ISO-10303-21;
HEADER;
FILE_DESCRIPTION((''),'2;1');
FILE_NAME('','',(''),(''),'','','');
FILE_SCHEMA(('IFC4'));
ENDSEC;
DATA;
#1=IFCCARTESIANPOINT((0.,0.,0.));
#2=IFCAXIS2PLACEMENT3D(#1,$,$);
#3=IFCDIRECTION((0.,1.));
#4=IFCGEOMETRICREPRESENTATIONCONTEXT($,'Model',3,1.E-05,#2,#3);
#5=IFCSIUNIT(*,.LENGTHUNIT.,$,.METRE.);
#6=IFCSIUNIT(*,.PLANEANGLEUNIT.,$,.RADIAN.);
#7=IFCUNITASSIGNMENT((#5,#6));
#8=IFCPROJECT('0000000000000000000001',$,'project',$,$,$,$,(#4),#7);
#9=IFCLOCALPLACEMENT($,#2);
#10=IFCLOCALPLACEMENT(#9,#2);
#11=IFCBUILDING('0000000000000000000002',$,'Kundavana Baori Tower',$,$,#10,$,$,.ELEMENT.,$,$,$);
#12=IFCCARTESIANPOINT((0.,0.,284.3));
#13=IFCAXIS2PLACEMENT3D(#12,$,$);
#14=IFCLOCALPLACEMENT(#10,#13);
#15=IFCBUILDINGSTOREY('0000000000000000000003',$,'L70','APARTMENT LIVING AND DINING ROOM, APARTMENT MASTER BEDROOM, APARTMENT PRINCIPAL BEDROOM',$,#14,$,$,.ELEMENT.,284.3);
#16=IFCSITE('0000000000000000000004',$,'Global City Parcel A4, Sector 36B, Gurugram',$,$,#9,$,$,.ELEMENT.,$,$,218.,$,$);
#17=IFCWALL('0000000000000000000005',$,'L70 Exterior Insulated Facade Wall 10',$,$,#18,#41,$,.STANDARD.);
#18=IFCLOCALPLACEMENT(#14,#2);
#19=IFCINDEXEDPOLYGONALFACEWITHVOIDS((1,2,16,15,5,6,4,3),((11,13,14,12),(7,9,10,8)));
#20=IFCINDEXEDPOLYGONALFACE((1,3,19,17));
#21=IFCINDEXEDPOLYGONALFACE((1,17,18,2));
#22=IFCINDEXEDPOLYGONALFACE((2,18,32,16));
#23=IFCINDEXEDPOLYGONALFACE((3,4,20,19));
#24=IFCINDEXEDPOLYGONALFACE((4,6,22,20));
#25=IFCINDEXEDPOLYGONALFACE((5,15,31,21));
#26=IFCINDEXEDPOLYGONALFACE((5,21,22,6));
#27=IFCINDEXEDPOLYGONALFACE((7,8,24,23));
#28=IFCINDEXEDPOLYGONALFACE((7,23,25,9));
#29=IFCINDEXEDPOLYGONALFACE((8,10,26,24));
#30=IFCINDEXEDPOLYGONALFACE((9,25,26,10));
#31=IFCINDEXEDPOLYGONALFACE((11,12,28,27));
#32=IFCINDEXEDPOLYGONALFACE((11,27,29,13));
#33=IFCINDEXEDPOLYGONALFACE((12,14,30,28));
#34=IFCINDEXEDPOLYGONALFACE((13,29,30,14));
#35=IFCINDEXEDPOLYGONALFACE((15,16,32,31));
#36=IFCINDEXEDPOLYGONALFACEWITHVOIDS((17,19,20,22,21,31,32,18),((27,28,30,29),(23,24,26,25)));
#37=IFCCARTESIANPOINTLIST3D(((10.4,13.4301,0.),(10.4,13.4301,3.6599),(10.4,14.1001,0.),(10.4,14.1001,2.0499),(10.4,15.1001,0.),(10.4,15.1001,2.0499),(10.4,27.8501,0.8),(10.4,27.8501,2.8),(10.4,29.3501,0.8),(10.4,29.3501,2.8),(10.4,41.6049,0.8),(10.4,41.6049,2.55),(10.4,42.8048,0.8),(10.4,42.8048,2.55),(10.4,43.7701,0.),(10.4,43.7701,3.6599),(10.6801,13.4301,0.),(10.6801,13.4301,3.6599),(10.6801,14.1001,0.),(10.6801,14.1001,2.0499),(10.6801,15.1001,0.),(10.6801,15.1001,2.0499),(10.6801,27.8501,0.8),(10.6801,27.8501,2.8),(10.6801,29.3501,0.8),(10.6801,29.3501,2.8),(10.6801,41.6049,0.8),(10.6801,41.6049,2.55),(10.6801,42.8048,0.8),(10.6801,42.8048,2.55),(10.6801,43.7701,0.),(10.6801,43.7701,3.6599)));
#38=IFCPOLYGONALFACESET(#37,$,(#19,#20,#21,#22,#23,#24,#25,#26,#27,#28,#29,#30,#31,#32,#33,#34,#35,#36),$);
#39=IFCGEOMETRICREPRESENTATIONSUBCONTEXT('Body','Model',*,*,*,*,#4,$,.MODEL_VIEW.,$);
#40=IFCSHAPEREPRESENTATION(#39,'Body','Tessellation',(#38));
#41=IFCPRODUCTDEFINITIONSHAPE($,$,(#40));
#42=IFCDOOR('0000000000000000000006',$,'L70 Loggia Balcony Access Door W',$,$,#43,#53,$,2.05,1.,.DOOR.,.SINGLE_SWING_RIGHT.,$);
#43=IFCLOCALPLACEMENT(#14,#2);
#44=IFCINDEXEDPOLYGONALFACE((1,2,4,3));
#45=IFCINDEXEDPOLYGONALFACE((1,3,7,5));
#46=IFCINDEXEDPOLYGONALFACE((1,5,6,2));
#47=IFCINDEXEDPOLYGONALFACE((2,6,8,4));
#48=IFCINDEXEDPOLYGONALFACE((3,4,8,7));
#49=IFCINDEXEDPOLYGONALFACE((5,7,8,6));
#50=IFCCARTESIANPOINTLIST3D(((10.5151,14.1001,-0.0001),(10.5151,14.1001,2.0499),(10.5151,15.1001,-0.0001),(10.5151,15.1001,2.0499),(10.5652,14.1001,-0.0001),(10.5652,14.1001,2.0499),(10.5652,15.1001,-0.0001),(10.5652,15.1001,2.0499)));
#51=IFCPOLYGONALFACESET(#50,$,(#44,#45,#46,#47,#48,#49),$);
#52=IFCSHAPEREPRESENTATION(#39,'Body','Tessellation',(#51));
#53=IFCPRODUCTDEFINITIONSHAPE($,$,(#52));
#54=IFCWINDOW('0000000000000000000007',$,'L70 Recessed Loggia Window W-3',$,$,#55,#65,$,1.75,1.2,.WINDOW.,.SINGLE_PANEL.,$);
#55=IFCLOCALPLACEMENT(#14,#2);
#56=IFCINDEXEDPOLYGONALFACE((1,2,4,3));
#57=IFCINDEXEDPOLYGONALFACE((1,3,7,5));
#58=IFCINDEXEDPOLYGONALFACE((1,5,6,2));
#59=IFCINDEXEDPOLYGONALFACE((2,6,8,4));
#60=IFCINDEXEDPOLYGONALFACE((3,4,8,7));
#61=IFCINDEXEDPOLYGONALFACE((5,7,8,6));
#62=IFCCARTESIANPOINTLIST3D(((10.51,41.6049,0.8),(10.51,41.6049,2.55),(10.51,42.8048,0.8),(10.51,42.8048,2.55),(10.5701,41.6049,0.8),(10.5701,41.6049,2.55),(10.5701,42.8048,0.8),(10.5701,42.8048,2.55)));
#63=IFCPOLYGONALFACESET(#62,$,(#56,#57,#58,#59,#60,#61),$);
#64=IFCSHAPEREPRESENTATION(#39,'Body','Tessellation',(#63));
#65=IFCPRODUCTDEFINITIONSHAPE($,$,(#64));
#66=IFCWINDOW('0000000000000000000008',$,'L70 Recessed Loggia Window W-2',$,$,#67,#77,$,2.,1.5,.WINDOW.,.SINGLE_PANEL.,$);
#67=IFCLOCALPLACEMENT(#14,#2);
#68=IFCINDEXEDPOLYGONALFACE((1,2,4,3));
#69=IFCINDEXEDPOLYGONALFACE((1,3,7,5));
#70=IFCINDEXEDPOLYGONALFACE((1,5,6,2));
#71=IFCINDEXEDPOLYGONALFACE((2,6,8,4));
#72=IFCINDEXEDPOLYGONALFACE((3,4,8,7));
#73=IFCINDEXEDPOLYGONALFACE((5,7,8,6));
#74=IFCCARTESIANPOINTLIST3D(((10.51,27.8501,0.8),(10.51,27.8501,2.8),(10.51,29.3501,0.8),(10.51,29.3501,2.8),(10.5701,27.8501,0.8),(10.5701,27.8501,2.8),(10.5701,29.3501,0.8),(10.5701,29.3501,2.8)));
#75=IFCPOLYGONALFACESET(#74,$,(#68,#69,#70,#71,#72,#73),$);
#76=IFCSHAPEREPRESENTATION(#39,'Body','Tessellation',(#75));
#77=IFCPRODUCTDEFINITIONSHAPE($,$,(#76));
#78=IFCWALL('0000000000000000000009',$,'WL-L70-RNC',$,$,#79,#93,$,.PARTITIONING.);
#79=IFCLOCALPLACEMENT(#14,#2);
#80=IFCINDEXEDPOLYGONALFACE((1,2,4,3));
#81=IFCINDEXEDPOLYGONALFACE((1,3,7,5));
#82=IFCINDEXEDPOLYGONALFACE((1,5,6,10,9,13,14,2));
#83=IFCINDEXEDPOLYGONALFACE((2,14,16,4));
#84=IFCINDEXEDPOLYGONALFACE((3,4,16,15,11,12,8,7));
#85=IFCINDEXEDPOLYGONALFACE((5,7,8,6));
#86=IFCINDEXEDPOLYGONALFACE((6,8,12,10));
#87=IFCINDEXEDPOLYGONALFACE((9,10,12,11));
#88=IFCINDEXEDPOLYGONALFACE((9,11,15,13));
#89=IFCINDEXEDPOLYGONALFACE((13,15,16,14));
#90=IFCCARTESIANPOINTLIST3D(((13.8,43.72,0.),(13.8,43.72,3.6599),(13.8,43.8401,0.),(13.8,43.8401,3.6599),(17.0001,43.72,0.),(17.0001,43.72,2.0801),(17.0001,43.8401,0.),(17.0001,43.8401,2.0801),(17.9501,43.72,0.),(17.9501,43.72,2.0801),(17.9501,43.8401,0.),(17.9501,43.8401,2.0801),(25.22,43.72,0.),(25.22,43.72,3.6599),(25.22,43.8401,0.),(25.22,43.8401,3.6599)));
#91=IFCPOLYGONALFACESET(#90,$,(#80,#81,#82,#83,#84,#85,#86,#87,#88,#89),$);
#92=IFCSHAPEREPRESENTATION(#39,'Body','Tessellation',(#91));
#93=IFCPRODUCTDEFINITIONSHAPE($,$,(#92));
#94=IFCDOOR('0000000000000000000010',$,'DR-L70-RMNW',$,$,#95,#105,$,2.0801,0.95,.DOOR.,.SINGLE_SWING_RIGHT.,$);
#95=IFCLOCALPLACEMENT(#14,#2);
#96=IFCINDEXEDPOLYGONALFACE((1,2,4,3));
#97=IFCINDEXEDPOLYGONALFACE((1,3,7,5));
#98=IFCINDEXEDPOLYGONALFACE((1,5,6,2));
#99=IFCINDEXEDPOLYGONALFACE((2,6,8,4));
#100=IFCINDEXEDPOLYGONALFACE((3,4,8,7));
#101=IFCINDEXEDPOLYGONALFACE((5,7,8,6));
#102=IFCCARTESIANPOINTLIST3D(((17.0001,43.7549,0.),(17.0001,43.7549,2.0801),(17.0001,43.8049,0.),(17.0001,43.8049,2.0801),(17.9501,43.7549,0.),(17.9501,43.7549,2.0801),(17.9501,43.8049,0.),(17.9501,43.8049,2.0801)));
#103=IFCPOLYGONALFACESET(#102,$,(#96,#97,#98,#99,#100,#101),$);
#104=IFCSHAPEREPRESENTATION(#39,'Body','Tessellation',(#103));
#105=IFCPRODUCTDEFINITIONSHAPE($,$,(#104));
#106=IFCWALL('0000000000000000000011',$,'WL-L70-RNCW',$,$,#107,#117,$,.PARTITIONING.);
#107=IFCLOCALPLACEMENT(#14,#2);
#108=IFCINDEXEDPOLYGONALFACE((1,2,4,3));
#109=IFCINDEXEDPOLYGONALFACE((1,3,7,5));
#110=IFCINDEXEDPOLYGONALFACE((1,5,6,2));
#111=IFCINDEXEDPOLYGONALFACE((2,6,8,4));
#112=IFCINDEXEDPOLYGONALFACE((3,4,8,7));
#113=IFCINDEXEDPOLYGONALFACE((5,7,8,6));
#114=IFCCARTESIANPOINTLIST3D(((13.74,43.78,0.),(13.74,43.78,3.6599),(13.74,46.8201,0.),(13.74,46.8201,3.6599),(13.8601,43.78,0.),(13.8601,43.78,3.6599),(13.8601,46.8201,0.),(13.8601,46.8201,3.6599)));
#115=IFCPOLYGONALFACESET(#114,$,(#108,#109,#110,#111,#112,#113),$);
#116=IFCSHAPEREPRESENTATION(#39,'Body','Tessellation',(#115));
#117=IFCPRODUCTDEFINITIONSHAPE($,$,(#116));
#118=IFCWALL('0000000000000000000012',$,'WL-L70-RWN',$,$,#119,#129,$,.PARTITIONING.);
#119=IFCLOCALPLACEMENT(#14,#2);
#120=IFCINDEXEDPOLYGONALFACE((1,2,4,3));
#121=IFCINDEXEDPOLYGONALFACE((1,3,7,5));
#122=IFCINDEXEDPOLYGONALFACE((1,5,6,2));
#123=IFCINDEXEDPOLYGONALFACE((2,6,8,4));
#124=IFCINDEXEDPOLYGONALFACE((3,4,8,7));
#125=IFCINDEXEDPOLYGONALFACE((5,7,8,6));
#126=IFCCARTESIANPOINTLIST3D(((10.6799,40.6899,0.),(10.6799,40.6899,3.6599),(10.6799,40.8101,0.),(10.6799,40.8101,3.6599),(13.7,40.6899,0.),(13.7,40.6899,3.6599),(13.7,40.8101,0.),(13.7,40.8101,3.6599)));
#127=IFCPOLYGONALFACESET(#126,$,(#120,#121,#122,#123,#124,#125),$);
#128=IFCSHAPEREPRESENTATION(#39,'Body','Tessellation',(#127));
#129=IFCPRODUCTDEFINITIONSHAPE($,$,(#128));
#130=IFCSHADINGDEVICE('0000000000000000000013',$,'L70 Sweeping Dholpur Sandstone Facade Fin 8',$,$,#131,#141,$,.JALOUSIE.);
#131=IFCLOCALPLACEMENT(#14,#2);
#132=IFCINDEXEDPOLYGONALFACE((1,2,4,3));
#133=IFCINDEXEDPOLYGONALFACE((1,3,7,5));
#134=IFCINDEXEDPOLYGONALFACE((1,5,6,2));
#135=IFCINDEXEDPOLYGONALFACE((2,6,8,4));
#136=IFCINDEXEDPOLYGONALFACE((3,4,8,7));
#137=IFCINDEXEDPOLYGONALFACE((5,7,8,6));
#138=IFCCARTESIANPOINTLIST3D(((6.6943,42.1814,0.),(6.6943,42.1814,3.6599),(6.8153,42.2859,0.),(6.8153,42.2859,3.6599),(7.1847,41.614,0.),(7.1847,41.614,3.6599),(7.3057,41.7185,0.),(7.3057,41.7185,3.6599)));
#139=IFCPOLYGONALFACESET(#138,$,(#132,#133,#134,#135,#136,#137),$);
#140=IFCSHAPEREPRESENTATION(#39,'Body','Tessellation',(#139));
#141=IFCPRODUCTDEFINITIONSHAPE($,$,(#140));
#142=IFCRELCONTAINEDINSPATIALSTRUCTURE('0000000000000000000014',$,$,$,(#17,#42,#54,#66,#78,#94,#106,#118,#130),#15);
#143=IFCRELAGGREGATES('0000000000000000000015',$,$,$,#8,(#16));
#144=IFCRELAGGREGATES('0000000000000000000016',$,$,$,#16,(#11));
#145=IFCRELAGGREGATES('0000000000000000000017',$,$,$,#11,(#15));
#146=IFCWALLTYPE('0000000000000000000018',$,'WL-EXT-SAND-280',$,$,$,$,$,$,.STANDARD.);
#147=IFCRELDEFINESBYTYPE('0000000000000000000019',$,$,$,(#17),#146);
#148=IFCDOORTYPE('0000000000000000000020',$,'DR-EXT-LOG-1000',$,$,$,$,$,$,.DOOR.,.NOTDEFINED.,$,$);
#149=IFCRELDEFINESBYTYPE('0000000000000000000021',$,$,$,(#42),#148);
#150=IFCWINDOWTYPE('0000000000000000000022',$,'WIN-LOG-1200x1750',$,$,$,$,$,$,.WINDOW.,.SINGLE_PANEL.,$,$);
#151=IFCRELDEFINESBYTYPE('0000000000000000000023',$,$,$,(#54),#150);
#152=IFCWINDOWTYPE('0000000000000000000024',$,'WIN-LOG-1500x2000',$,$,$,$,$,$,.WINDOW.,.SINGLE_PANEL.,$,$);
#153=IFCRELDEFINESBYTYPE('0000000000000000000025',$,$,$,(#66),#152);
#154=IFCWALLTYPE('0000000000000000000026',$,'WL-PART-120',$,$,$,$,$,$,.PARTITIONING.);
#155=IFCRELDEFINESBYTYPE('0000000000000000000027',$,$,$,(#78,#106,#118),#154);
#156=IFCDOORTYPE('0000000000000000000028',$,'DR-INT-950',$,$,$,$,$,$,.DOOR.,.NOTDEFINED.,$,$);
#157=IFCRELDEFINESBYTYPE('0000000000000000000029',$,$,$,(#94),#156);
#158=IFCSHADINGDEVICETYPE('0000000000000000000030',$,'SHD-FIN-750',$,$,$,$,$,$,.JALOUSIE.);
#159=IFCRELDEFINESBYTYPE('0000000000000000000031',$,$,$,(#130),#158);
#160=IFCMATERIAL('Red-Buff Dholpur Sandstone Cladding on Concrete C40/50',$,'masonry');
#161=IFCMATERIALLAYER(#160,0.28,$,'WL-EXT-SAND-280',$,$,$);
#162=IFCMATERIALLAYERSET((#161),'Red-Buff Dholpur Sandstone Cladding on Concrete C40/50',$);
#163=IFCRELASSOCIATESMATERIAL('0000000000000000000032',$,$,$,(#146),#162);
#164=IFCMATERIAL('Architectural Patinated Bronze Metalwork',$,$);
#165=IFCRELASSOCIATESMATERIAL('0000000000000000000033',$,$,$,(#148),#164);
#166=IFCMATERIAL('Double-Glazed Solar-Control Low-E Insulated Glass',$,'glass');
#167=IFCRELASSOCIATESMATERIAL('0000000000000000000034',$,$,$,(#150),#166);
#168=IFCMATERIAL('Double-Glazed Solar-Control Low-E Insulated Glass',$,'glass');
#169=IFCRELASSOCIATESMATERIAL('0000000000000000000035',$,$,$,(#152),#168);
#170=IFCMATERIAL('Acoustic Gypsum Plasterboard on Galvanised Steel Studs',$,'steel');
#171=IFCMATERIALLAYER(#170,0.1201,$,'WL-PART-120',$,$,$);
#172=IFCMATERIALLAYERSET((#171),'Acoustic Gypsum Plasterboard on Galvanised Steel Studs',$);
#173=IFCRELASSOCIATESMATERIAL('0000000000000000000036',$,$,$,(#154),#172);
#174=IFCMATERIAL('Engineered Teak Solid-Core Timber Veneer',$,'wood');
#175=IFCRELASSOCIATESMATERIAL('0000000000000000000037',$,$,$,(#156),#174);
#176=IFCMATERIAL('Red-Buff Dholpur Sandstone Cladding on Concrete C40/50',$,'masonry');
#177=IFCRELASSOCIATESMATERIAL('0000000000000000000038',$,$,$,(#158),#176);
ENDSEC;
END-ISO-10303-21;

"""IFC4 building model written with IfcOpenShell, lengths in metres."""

from ifc_helpers import new_model, si_unit, direction, frame, frame_2d, origin, origin_2d, place, context, subcontext, project, spatial, rectangle, extrude, material, layer, layer_set, type_object, element, fill, save


model = new_model("IFC4")

# Units and contexts
model_context = context("Model", 3, precision=1e-05, world=origin(), true_north=direction((0.0, 1.0)))
body_context = subcontext(model_context, "Body", "Model", "MODEL_VIEW")
ifc_project = project(units=[si_unit("LENGTHUNIT", "METRE"), si_unit("PLANEANGLEUNIT", "RADIAN")], contexts=[model_context])

# Site, building, storey
site_placement = place(None, origin())
site = spatial("IfcSite", under=ifc_project, at=site_placement, Name="Global City Parcel A4, Sector 36B, Gurugram", CompositionType="ELEMENT", RefElevation=218.0)
building_placement = place(site_placement, origin())
building = spatial("IfcBuilding", under=site, at=building_placement, Name="Kundavana Baori Tower", CompositionType="ELEMENT")
storey_placement = place(building_placement, frame((0.0, 0.0, 284.3)))
storey = spatial("IfcBuildingStorey", under=building, at=storey_placement, Name="L70", Description="APARTMENT LIVING AND DINING ROOM, APARTMENT MASTER BEDROOM, APARTMENT PRINCIPAL BEDROOM", CompositionType="ELEMENT", Elevation=284.3)

# Shared definitions
ifc_material_1 = material(Name="Red-Buff Dholpur Sandstone Cladding on Concrete C40/50", Category="masonry")
ifc_layer_1 = layer(ifc_material_1, 0.28, Name="WL-EXT-SAND-280")
ifc_layer_set_1 = layer_set([ifc_layer_1], Name="Red-Buff Dholpur Sandstone Cladding on Concrete C40/50")
wall_type_1 = type_object("IfcWallType", Name="WL-EXT-SAND-280", PredefinedType="STANDARD", material=ifc_layer_set_1)

# Wall, openings, door, windows
wall_1_placement = place(storey_placement, frame((10.54, 43.77, 0.0), z_axis=(0.0, 0.0, 1.0), x_axis=(0.0, -1.0, 0.0)))
wall_1 = element("IfcWall", 1, at=wall_1_placement, inside=storey, type_object=wall_type_1, Name="L70 Exterior Insulated Facade Wall 10", PredefinedType="STANDARD", context=body_context, shape_type="SweptSolid", body=[
    extrude(rectangle(XDim=30.3401, YDim=0.28, at=frame_2d((15.1699, 0.0))), origin(), (0.0, 0.0, 1.0), 3.6599),
])
opening_1_placement = place(wall_1_placement, frame((28.6699, 0.0, 0.0)))
opening_1 = element("IfcOpeningElement", 2, at=opening_1_placement, cuts=wall_1, PredefinedType="OPENING", context=body_context, shape_type="SweptSolid", body=[
    extrude(rectangle(XDim=1.0, YDim=2.05, at=frame_2d((0.5, 1.0249))), frame((0.0, 0.1499, 0.0), z_axis=(0.0, -1.0, 0.0), x_axis=(1.0, 0.0, 0.0)), (0.0, 0.0, 1.0), 0.3),
])
opening_2_placement = place(wall_1_placement, frame((14.4199, 0.0, 0.8)))
opening_2 = element("IfcOpeningElement", 3, at=opening_2_placement, cuts=wall_1, PredefinedType="OPENING", context=body_context, shape_type="SweptSolid", body=[
    extrude(rectangle(XDim=1.5, YDim=2.0, at=frame_2d((0.75, 1.0))), frame((0.0, 0.1499, 0.0), z_axis=(0.0, -1.0, 0.0), x_axis=(1.0, 0.0, 0.0)), (0.0, 0.0, 1.0), 0.3),
])
opening_3_placement = place(wall_1_placement, frame((0.9651, 0.0, 0.8)))
opening_3 = element("IfcOpeningElement", 4, at=opening_3_placement, cuts=wall_1, PredefinedType="OPENING", context=body_context, shape_type="SweptSolid", body=[
    extrude(rectangle(XDim=1.2, YDim=1.75, at=frame_2d((0.6001, 0.875))), frame((0.0, 0.1499, 0.0), z_axis=(0.0, -1.0, 0.0), x_axis=(1.0, 0.0, 0.0)), (0.0, 0.0, 1.0), 0.3),
])
ifc_material_2 = material(Name="Architectural Patinated Bronze Metalwork")
door_type_1 = type_object("IfcDoorType", Name="DR-EXT-LOG-1000", OperationType="NOTDEFINED", PredefinedType="DOOR", material=ifc_material_2)
door_1_placement = place(opening_1_placement, frame((1.0, 0.0, 0.0), z_axis=(0.0, 0.0, 1.0), x_axis=(-1.0, 0.0, 0.0)))
door_1 = element("IfcDoor", 5, at=door_1_placement, inside=storey, type_object=door_type_1, Name="L70 Loggia Balcony Access Door W", OperationType="SINGLE_SWING_RIGHT", OverallHeight=2.05, OverallWidth=1.0, PredefinedType="DOOR", context=body_context, shape_type="SweptSolid", body=[
    extrude(rectangle(XDim=1.0, YDim=2.05, at=frame_2d((0.5, 1.0249))), frame((0.0, 0.0249, 0.0), z_axis=(0.0, -1.0, 0.0), x_axis=(1.0, 0.0, 0.0)), (0.0, 0.0, 1.0), 0.05),
])
fill(opening_1, door_1)
ifc_material_3 = material(Name="Double-Glazed Solar-Control Low-E Insulated Glass", Category="glass")
window_type_1 = type_object("IfcWindowType", Name="WIN-LOG-1200x1750", PartitioningType="SINGLE_PANEL", PredefinedType="WINDOW", material=ifc_material_3)
window_1_placement = place(opening_3_placement, origin())
window_1 = element("IfcWindow", 6, at=window_1_placement, inside=storey, type_object=window_type_1, Name="L70 Recessed Loggia Window W-3", OverallHeight=1.75, OverallWidth=1.2, PartitioningType="SINGLE_PANEL", PredefinedType="WINDOW", context=body_context, shape_type="SweptSolid", body=[
    extrude(rectangle(XDim=1.2, YDim=1.75, at=frame_2d((0.6001, 0.875))), frame((0.0, 0.03, 0.0), z_axis=(0.0, -1.0, 0.0), x_axis=(1.0, 0.0, 0.0)), (0.0, 0.0, 1.0), 0.0601),
])
fill(opening_3, window_1)
ifc_material_4 = material(Name="Double-Glazed Solar-Control Low-E Insulated Glass", Category="glass")
window_type_2 = type_object("IfcWindowType", Name="WIN-LOG-1500x2000", PartitioningType="SINGLE_PANEL", PredefinedType="WINDOW", material=ifc_material_4)
window_2_placement = place(opening_2_placement, origin())
window_2 = element("IfcWindow", 7, at=window_2_placement, inside=storey, type_object=window_type_2, Name="L70 Recessed Loggia Window W-2", OverallHeight=2.0, OverallWidth=1.5, PartitioningType="SINGLE_PANEL", PredefinedType="WINDOW", context=body_context, shape_type="SweptSolid", body=[
    extrude(rectangle(XDim=1.5, YDim=2.0, at=frame_2d((0.75, 1.0))), frame((0.0, 0.03, 0.0), z_axis=(0.0, -1.0, 0.0), x_axis=(1.0, 0.0, 0.0)), (0.0, 0.0, 1.0), 0.0601),
])
fill(opening_2, window_2)

# Wall, opening, door
ifc_material_5 = material(Name="Acoustic Gypsum Plasterboard on Galvanised Steel Studs", Category="steel")
ifc_layer_2 = layer(ifc_material_5, 0.1201, Name="WL-PART-120")
ifc_layer_set_2 = layer_set([ifc_layer_2], Name="Acoustic Gypsum Plasterboard on Galvanised Steel Studs")
wall_type_2 = type_object("IfcWallType", Name="WL-PART-120", PredefinedType="PARTITIONING", material=ifc_layer_set_2)
wall_2_placement = place(storey_placement, frame((13.8, 43.78, 0.0), z_axis=(0.0, 0.0, 1.0), x_axis=(1.0, 0.0, 0.0)))
wall_2 = element("IfcWall", 8, at=wall_2_placement, inside=storey, type_object=wall_type_2, Name="WL-L70-RNC", PredefinedType="PARTITIONING", context=body_context, shape_type="SweptSolid", body=[
    extrude(rectangle(XDim=11.4199, YDim=0.1201, at=frame_2d((5.71, 0.0))), origin(), (0.0, 0.0, 1.0), 3.6599),
])
opening_4_placement = place(wall_2_placement, frame((3.2, 0.0, 0.0)))
opening_4 = element("IfcOpeningElement", 9, at=opening_4_placement, cuts=wall_2, PredefinedType="OPENING", context=body_context, shape_type="SweptSolid", body=[
    extrude(rectangle(XDim=0.95, YDim=2.0801, at=frame_2d((0.4751, 1.04))), frame((0.0, 0.0701, 0.0), z_axis=(0.0, -1.0, 0.0), x_axis=(1.0, 0.0, 0.0)), (0.0, 0.0, 1.0), 0.1401),
])
ifc_material_6 = material(Name="Engineered Teak Solid-Core Timber Veneer", Category="wood")
door_type_2 = type_object("IfcDoorType", Name="DR-INT-950", OperationType="NOTDEFINED", PredefinedType="DOOR", material=ifc_material_6)
door_2_placement = place(opening_4_placement, origin())
door_2 = element("IfcDoor", 10, at=door_2_placement, inside=storey, type_object=door_type_2, Name="DR-L70-RMNW", OperationType="SINGLE_SWING_RIGHT", OverallHeight=2.0801, OverallWidth=0.95, PredefinedType="DOOR", context=body_context, shape_type="SweptSolid", body=[
    extrude(rectangle(XDim=0.95, YDim=2.0801, at=frame_2d((0.4751, 1.04))), frame((0.0, 0.0249, 0.0), z_axis=(0.0, -1.0, 0.0), x_axis=(1.0, 0.0, 0.0)), (0.0, 0.0, 1.0), 0.05),
])
fill(opening_4, door_2)

# Walls
wall_3_placement = place(storey_placement, frame((13.8, 43.78, 0.0), z_axis=(0.0, 0.0, 1.0), x_axis=(0.0, 1.0, 0.0)))
element("IfcWall", 11, at=wall_3_placement, inside=storey, type_object=wall_type_2, Name="WL-L70-RNCW", PredefinedType="PARTITIONING", context=body_context, shape_type="SweptSolid", body=[
    extrude(rectangle(XDim=3.04, YDim=0.1201, at=frame_2d((1.52, 0.0))), origin(), (0.0, 0.0, 1.0), 3.6599),
])
wall_4_placement = place(storey_placement, frame((10.6799, 40.75, 0.0), z_axis=(0.0, 0.0, 1.0), x_axis=(1.0, 0.0, 0.0)))
element("IfcWall", 12, at=wall_4_placement, inside=storey, type_object=wall_type_2, Name="WL-L70-RWN", PredefinedType="PARTITIONING", context=body_context, shape_type="SweptSolid", body=[
    extrude(rectangle(XDim=3.02, YDim=0.1201, at=frame_2d((1.51, 0.0))), origin(), (0.0, 0.0, 1.0), 3.6599),
])

# Shading device
ifc_material_7 = material(Name="Red-Buff Dholpur Sandstone Cladding on Concrete C40/50", Category="masonry")
shading_device_type = type_object("IfcShadingDeviceType", Name="SHD-FIN-750", PredefinedType="JALOUSIE", material=ifc_material_7)
shading_device_placement = place(storey_placement, frame((7.0, 41.95, 0.0), z_axis=(0.0, 0.0, 1.0), x_axis=(0.756539, 0.653949, 0.0)))
element("IfcShadingDevice", 13, at=shading_device_placement, inside=storey, type_object=shading_device_type, Name="L70 Sweeping Dholpur Sandstone Facade Fin 8", PredefinedType="JALOUSIE", context=body_context, shape_type="SweptSolid", body=[
    extrude(rectangle(XDim=0.1599, YDim=0.75, at=origin_2d()), origin(), (0.0, 0.0, 1.0), 3.6599),
])

save(model, "model.ifc")
